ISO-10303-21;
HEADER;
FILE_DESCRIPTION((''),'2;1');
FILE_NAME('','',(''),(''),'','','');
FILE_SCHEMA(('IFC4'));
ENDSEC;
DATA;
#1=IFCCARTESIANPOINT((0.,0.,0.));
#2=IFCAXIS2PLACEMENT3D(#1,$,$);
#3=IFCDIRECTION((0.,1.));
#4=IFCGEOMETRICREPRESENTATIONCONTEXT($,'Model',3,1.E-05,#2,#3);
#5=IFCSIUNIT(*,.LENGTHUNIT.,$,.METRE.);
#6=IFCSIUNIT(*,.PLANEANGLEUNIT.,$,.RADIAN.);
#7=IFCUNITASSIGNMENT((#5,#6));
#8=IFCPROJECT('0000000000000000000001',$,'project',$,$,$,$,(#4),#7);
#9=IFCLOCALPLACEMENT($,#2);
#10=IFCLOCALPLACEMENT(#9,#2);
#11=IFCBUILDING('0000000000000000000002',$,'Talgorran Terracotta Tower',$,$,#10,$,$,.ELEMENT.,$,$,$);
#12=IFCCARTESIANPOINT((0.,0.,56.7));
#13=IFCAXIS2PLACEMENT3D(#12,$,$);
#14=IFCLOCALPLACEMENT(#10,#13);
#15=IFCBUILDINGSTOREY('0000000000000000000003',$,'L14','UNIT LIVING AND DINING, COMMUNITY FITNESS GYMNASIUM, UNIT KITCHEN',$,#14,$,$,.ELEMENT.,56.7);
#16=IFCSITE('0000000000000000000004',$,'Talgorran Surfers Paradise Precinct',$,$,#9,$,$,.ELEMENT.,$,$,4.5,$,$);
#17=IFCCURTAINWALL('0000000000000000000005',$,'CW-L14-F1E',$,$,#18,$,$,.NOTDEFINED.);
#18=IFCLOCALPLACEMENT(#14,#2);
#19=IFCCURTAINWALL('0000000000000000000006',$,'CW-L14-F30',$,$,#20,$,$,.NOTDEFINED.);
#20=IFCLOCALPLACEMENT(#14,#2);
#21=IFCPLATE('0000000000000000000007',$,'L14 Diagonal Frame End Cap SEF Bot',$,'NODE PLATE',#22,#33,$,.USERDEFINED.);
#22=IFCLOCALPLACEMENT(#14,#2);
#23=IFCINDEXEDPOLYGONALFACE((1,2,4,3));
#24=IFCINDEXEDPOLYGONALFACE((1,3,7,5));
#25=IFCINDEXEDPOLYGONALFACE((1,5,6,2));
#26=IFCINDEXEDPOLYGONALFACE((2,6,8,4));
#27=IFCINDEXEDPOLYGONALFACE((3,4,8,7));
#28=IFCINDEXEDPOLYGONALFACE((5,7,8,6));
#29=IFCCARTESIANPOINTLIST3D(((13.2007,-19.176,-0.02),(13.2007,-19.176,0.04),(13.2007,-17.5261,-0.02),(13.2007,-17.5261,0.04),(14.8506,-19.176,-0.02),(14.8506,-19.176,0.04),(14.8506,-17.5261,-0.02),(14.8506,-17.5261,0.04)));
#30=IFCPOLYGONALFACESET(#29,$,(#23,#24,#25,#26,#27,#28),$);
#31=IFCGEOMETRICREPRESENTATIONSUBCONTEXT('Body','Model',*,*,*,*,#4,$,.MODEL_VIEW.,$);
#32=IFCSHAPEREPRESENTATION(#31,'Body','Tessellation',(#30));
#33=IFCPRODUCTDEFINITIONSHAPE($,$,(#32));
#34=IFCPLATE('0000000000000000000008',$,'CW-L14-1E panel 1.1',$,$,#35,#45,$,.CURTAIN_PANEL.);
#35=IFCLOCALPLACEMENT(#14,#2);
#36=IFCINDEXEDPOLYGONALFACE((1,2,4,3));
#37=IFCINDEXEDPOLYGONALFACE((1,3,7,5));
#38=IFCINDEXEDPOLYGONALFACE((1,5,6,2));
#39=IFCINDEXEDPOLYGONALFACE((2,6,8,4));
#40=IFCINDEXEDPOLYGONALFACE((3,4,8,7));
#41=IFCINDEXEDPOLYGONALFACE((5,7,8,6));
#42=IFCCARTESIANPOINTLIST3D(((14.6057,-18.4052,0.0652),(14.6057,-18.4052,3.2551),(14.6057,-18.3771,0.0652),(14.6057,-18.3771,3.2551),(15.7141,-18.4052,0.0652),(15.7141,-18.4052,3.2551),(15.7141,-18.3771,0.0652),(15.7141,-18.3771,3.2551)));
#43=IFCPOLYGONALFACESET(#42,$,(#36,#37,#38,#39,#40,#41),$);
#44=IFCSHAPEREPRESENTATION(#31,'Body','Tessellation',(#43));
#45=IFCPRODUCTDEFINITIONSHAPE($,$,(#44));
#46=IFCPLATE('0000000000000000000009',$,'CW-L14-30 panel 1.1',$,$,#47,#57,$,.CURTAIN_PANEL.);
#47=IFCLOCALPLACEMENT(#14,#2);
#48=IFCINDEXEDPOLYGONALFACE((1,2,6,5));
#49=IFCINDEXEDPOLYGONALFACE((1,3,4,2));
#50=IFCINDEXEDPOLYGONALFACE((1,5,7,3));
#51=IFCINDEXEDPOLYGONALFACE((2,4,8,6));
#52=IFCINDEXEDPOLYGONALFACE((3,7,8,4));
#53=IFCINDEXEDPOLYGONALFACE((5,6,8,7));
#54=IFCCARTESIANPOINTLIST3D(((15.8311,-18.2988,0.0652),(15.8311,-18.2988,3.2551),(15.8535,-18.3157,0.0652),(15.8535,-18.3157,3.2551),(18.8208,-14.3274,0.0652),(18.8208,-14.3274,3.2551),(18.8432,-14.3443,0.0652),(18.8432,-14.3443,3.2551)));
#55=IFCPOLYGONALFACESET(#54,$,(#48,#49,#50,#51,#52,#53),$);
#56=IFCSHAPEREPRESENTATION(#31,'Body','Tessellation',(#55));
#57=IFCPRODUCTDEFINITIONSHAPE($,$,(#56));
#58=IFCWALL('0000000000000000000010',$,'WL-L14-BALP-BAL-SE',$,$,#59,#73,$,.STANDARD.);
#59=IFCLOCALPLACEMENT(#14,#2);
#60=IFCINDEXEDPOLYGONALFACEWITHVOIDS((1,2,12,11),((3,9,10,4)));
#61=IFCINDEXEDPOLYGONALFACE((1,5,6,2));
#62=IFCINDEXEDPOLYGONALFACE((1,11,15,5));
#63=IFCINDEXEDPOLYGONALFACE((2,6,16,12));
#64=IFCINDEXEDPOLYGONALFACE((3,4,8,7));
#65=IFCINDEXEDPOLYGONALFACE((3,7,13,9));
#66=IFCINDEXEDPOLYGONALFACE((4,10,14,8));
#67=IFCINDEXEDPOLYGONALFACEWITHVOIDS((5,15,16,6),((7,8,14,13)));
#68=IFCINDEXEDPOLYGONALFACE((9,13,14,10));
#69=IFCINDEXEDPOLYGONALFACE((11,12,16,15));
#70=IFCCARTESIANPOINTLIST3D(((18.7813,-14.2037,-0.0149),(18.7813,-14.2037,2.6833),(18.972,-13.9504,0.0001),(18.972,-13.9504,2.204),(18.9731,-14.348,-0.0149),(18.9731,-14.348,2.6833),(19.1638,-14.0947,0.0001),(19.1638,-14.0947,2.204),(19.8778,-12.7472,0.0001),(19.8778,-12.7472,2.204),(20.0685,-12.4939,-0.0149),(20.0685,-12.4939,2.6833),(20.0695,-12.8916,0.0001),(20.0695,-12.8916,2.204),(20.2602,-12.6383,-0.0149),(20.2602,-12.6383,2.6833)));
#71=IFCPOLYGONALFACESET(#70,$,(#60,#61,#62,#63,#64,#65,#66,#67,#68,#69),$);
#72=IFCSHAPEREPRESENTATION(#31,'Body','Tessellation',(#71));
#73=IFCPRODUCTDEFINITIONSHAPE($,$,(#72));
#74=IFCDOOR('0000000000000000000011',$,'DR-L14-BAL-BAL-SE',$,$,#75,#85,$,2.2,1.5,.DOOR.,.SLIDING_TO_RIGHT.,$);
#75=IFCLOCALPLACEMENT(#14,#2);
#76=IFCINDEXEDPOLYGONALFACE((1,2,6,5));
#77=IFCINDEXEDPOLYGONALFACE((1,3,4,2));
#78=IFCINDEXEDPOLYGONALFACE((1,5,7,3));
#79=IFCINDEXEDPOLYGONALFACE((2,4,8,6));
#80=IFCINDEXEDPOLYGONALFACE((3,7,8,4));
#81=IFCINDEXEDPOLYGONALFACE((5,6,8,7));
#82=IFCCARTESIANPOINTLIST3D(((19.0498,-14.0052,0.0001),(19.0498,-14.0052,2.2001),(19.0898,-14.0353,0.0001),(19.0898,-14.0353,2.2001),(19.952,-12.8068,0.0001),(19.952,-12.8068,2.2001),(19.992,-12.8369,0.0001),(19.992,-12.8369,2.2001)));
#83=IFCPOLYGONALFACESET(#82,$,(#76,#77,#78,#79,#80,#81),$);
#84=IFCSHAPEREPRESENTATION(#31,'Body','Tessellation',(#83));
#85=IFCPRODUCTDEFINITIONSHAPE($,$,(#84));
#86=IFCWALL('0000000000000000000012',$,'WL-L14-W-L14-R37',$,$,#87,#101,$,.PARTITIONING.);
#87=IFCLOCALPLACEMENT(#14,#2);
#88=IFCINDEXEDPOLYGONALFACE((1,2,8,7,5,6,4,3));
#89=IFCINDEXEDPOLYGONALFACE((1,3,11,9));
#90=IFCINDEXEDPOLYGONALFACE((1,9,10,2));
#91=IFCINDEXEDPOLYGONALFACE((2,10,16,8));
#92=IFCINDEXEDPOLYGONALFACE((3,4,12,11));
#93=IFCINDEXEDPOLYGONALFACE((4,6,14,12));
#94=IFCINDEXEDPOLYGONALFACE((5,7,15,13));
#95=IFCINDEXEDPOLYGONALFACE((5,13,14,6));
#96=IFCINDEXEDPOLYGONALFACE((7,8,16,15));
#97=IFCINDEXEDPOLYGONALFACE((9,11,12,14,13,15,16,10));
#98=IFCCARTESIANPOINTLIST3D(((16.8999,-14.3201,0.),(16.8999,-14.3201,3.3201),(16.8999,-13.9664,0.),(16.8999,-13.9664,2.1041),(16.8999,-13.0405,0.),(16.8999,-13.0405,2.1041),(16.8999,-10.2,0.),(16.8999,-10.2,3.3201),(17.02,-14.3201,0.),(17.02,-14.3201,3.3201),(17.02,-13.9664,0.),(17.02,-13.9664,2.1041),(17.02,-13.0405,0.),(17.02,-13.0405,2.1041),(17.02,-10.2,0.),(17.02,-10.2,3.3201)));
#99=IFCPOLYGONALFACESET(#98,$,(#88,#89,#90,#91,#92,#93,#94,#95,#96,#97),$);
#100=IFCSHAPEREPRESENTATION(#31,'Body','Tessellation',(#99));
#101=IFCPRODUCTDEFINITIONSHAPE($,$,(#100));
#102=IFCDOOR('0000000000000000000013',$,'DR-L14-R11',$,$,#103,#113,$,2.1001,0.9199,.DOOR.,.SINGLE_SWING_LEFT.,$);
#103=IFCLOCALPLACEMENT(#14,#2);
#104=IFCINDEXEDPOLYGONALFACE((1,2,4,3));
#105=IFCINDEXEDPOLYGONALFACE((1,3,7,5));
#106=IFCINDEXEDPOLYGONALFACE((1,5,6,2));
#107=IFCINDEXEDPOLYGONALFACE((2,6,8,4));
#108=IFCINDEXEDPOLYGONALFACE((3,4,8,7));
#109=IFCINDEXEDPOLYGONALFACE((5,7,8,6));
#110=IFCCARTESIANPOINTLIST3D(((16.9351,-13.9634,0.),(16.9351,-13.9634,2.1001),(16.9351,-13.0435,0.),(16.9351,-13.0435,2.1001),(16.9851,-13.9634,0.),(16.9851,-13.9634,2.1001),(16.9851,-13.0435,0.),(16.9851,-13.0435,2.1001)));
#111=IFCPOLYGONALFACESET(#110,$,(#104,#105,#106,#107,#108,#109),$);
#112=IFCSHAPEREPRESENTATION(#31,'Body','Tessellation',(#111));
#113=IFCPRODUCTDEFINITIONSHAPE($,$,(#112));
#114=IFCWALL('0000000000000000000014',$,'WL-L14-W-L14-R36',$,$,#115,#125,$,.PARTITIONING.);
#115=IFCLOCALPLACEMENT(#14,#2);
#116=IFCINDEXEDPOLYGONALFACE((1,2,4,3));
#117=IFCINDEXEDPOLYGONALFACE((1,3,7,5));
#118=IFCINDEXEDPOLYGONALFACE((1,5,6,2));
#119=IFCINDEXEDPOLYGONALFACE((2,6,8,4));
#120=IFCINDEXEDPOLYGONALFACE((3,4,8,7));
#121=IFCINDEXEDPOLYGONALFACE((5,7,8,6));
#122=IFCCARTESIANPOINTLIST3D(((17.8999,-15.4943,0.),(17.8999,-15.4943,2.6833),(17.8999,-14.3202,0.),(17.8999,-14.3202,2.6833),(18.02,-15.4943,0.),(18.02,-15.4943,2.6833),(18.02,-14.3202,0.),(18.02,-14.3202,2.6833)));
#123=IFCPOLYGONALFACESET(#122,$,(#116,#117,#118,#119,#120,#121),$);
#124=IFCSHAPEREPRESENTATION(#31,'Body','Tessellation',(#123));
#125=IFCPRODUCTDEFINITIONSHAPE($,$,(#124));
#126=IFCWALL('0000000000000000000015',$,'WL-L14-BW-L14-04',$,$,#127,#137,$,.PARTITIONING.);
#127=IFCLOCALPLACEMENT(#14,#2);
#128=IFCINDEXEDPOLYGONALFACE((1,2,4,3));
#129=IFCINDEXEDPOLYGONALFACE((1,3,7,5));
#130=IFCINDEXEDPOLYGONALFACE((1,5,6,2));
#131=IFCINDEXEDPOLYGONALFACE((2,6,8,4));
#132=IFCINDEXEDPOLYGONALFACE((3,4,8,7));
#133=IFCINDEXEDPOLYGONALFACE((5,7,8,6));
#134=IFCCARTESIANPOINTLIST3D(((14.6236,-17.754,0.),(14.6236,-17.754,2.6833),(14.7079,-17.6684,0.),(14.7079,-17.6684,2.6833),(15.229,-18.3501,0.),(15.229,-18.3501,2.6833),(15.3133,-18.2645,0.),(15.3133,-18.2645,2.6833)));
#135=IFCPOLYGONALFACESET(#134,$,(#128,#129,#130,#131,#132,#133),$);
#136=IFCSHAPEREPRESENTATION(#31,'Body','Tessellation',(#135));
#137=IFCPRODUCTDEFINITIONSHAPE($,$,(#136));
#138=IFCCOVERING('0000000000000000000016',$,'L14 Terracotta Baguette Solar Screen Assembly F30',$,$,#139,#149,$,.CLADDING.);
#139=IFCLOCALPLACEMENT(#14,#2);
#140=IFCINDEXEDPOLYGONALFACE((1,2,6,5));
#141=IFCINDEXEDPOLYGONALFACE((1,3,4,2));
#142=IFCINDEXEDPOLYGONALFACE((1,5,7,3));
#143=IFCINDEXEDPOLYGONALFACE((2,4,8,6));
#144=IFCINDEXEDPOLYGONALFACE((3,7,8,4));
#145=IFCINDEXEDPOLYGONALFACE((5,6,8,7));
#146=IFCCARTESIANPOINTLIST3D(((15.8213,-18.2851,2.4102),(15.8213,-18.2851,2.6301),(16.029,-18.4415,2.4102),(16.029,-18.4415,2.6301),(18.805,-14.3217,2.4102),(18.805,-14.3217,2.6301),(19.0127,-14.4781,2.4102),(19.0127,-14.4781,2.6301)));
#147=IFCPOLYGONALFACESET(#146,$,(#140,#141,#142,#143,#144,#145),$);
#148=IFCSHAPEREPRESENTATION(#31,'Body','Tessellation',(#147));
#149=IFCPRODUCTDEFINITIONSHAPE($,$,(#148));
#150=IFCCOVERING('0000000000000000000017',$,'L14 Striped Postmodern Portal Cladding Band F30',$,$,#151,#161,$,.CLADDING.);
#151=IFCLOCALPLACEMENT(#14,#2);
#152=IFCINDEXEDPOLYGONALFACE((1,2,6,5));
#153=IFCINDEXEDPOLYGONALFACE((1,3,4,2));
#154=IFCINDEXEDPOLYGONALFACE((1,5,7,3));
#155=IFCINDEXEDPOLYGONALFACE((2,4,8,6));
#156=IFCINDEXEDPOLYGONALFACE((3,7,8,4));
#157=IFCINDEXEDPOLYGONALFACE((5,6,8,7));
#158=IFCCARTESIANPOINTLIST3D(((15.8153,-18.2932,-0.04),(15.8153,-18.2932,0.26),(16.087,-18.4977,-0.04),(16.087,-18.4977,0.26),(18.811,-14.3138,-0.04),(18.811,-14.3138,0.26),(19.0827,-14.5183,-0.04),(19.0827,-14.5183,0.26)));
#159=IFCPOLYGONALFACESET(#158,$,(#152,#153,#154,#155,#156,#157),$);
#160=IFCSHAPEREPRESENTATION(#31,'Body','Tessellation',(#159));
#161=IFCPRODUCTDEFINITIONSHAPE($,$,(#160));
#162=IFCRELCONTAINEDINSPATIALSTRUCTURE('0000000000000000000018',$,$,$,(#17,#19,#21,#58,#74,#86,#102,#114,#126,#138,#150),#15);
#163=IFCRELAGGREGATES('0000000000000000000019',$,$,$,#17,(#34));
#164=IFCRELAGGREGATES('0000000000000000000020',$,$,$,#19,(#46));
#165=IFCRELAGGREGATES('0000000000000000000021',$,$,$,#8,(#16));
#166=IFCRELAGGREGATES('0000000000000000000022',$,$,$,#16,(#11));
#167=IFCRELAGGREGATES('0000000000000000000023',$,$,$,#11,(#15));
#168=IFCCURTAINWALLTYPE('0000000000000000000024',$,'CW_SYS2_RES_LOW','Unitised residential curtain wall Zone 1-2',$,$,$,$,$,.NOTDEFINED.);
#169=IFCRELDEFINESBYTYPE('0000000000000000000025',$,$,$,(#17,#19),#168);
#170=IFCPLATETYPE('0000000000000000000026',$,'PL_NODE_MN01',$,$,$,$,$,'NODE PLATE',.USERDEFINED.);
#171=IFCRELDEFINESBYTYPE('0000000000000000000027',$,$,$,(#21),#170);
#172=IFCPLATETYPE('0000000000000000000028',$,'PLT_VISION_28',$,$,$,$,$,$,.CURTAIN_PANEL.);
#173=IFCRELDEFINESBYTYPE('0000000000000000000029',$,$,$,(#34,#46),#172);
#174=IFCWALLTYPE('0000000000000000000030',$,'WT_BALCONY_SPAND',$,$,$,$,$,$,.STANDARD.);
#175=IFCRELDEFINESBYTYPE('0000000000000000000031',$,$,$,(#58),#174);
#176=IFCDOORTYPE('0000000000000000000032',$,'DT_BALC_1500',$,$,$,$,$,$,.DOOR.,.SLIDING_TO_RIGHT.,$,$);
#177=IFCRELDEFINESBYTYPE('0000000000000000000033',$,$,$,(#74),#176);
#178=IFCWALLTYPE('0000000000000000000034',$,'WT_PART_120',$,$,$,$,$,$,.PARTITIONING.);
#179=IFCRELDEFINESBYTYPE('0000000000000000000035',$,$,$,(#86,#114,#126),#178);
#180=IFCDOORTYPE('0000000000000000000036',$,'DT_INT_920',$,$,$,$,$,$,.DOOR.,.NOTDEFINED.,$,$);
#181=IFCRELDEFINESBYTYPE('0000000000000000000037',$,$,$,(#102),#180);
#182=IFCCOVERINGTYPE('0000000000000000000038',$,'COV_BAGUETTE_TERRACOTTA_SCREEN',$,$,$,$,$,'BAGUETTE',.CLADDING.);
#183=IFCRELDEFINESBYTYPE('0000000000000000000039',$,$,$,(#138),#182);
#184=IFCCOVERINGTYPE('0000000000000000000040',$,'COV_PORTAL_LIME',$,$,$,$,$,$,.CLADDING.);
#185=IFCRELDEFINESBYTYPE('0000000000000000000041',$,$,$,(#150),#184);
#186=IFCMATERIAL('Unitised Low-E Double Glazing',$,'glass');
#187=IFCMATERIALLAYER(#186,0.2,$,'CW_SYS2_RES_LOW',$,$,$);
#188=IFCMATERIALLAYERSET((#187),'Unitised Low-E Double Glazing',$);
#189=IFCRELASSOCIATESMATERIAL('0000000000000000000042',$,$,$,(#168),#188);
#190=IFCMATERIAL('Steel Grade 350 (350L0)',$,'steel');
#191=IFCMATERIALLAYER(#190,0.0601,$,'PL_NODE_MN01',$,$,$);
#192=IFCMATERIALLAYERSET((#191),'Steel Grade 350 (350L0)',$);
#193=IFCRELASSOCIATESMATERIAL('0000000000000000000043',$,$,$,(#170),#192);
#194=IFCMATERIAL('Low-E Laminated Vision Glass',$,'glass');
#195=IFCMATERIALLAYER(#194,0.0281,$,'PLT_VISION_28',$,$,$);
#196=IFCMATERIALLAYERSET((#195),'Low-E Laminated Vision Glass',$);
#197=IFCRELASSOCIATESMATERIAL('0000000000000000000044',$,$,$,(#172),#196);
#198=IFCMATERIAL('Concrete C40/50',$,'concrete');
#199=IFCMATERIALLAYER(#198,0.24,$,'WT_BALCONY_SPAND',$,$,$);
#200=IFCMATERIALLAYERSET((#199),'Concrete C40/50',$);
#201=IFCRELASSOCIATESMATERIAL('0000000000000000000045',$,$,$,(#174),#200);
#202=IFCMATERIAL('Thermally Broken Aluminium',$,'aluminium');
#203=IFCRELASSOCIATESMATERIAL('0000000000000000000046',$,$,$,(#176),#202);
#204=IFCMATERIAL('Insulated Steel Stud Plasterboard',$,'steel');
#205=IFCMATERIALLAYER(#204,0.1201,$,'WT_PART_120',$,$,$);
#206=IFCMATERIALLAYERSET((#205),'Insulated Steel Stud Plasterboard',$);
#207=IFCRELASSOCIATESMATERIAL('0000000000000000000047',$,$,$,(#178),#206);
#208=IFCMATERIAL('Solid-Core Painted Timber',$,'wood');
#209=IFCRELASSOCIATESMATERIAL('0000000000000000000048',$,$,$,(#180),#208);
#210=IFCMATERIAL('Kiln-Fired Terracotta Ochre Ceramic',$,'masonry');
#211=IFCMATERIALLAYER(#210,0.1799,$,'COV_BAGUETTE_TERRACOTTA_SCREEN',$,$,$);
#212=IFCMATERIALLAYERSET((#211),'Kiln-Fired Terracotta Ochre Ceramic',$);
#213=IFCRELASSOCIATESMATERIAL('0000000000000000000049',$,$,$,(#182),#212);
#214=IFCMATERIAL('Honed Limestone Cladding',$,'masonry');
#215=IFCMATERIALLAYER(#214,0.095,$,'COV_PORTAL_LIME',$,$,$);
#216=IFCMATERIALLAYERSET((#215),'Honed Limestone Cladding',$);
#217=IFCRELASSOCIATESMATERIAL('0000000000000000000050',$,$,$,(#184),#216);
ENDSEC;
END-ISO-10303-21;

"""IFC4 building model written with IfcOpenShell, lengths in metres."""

from ifc_helpers import new_model, si_unit, direction, frame, frame_2d, origin, origin_2d, place, context, subcontext, project, spatial, rectangle, extrude, source, transform, mapped, material, layer, layer_set, type_object, type_shapes, element, fill, aggregate, save


model = new_model("IFC4")

# Units and contexts
model_context = context("Model", 3, precision=1e-05, world=origin(), true_north=direction((0.0, 1.0)))
body_context = subcontext(model_context, "Body", "Model", "MODEL_VIEW")
ifc_project = project(units=[si_unit("LENGTHUNIT", "METRE"), si_unit("PLANEANGLEUNIT", "RADIAN")], contexts=[model_context])

# Site, building, storey
site_placement = place(None, origin())
site = spatial("IfcSite", under=ifc_project, at=site_placement, Name="Talgorran Surfers Paradise Precinct", CompositionType="ELEMENT", RefElevation=4.5)
building_placement = place(site_placement, origin())
building = spatial("IfcBuilding", under=site, at=building_placement, Name="Talgorran Terracotta Tower", CompositionType="ELEMENT")
storey_placement = place(building_placement, frame((0.0, 0.0, 56.7)))
storey = spatial("IfcBuildingStorey", under=building, at=storey_placement, Name="L14", Description="UNIT LIVING AND DINING, COMMUNITY FITNESS GYMNASIUM, UNIT KITCHEN", CompositionType="ELEMENT", Elevation=56.7)

# Shared definitions
ifc_material_1 = material(Name="Steel Grade 350 (350L0)", Category="steel")

# Shared definitions
ifc_material_2 = material(Name="Unitised Low-E Double Glazing", Category="glass")
ifc_layer_1 = layer(ifc_material_2, 0.2, Name="CW_SYS2_RES_LOW")
ifc_layer_set_1 = layer_set([ifc_layer_1], Name="Unitised Low-E Double Glazing")
curtain_wall_type = type_object("IfcCurtainWallType", Name="CW_SYS2_RES_LOW", Description="Unitised residential curtain wall Zone 1-2", PredefinedType="NOTDEFINED", material=ifc_layer_set_1)

# Curtain walls
curtain_wall_1_placement = place(storey_placement, origin())
curtain_wall_1 = element("IfcCurtainWall", 1, at=curtain_wall_1_placement, inside=storey, type_object=curtain_wall_type, Name="CW-L14-F1E", PredefinedType="NOTDEFINED")
curtain_wall_2_placement = place(storey_placement, origin())
curtain_wall_2 = element("IfcCurtainWall", 2, at=curtain_wall_2_placement, inside=storey, type_object=curtain_wall_type, Name="CW-L14-F30", PredefinedType="NOTDEFINED")

# Plates
ifc_layer_2 = layer(ifc_material_1, 0.0601, Name="PL_NODE_MN01")
ifc_layer_set_2 = layer_set([ifc_layer_2], Name="Steel Grade 350 (350L0)")
plate_type_1 = type_object("IfcPlateType", Name="PL_NODE_MN01", ElementType="NODE PLATE", PredefinedType="USERDEFINED", material=ifc_layer_set_2)
plate_1_placement = place(storey_placement, frame((14.0256, -18.3511, -0.02), z_axis=(0.0, 0.0, 1.0), x_axis=(-1.0, 0.0, 0.0)))
element("IfcPlate", 3, at=plate_1_placement, inside=storey, type_object=plate_type_1, Name="L14 Diagonal Frame End Cap SEF Bot", ObjectType="NODE PLATE", PredefinedType="USERDEFINED", context=body_context, shape_type="SweptSolid", body=[
    extrude(rectangle(XDim=1.6499, YDim=1.6499, at=origin_2d()), origin(), (0.0, 0.0, 1.0), 0.0601),
])
ifc_material_3 = material(Name="Low-E Laminated Vision Glass", Category="glass")
ifc_layer_3 = layer(ifc_material_3, 0.0281, Name="PLT_VISION_28")
ifc_layer_set_3 = layer_set([ifc_layer_3], Name="Low-E Laminated Vision Glass")
plate_type_2 = type_object("IfcPlateType", Name="PLT_VISION_28", PredefinedType="CURTAIN_PANEL", material=ifc_layer_set_3)
shared_shape_1 = source(origin(), body_context, "Body", "SweptSolid", [
    extrude(rectangle(XDim=1.1084, YDim=0.0281, at=origin_2d()), origin(), (0.0, 0.0, 1.0), 3.1899),
])
plate_2_placement = place(storey_placement, frame((15.1599, -18.3911, 0.0652), z_axis=(0.0, 0.0, 1.0), x_axis=(1.0, 0.0, 0.0)))
plate_2 = element("IfcPlate", 4, at=plate_2_placement, type_object=plate_type_2, Name="CW-L14-1E panel 1.1", PredefinedType="CURTAIN_PANEL", context=body_context, shape_type="MappedRepresentation", body=[
    mapped(shared_shape_1, transform((0.0, 0.0, 0.0), scale=1.0)),
])
aggregate(curtain_wall_1, [plate_2])
shared_shape_2 = source(origin(), body_context, "Body", "SweptSolid", [
    extrude(rectangle(XDim=4.9709, YDim=0.0281, at=origin_2d()), origin(), (0.0, 0.0, 1.0), 3.1899),
])
type_shapes(plate_type_2, [shared_shape_1, shared_shape_2])
plate_3_placement = place(storey_placement, frame((17.3372, -16.3215, 0.0652), z_axis=(0.0, 0.0, 1.0), x_axis=(0.601442, 0.798917, 0.0)))
plate_3 = element("IfcPlate", 5, at=plate_3_placement, type_object=plate_type_2, Name="CW-L14-30 panel 1.1", PredefinedType="CURTAIN_PANEL", context=body_context, shape_type="MappedRepresentation", body=[
    mapped(shared_shape_2, transform((0.0, 0.0, 0.0), scale=1.0)),
])
aggregate(curtain_wall_2, [plate_3])

# Walls, openings, doors
ifc_material_4 = material(Name="Concrete C40/50", Category="concrete")
ifc_layer_4 = layer(ifc_material_4, 0.24, Name="WT_BALCONY_SPAND")
ifc_layer_set_4 = layer_set([ifc_layer_4], Name="Concrete C40/50")
wall_type_1 = type_object("IfcWallType", Name="WT_BALCONY_SPAND", PredefinedType="STANDARD", material=ifc_layer_set_4)
wall_1_placement = place(storey_placement, frame((18.8772, -14.2759, -0.0149), z_axis=(0.0, 0.0, 1.0), x_axis=(0.601441, 0.798917, 0.0)))
wall_1 = element("IfcWall", 6, at=wall_1_placement, inside=storey, type_object=wall_type_1, Name="WL-L14-BALP-BAL-SE", PredefinedType="STANDARD", context=body_context, shape_type="SweptSolid", body=[
    extrude(rectangle(XDim=2.1401, YDim=0.24, at=frame_2d((1.0701, 0.0))), origin(), (0.0, 0.0, 1.0), 2.6982),
])
opening_1_placement = place(wall_1_placement, frame((0.3201, 0.0, 0.0149)))
opening_1 = element("IfcOpeningElement", 7, at=opening_1_placement, cuts=wall_1, PredefinedType="OPENING", context=body_context, shape_type="SweptSolid", body=[
    extrude(rectangle(XDim=1.506, YDim=2.204, at=frame_2d((0.75, 1.1021))), frame((0.0, 0.1299, 0.0), z_axis=(0.0, -1.0, 0.0), x_axis=(1.0, 0.0, 0.0)), (0.0, 0.0, 1.0), 0.26),
])
ifc_material_5 = material(Name="Thermally Broken Aluminium", Category="aluminium")
door_type_1 = type_object("IfcDoorType", Name="DT_BALC_1500", OperationType="SLIDING_TO_RIGHT", PredefinedType="DOOR", material=ifc_material_5)
door_1_placement = place(opening_1_placement, origin())
door_1 = element("IfcDoor", 8, at=door_1_placement, inside=storey, type_object=door_type_1, Name="DR-L14-BAL-BAL-SE", OperationType="SLIDING_TO_RIGHT", OverallHeight=2.2, OverallWidth=1.5, PredefinedType="DOOR", context=body_context, shape_type="SweptSolid", body=[
    extrude(rectangle(XDim=1.5, YDim=2.2, at=frame_2d((0.75, 1.1001))), frame((0.0, 0.0249, 0.0), z_axis=(0.0, -1.0, 0.0), x_axis=(1.0, 0.0, 0.0)), (0.0, 0.0, 1.0), 0.05),
])
fill(opening_1, door_1)
ifc_material_6 = material(Name="Insulated Steel Stud Plasterboard", Category="steel")
ifc_layer_5 = layer(ifc_material_6, 0.1201, Name="WT_PART_120")
ifc_layer_set_5 = layer_set([ifc_layer_5], Name="Insulated Steel Stud Plasterboard")
wall_type_2 = type_object("IfcWallType", Name="WT_PART_120", PredefinedType="PARTITIONING", material=ifc_layer_set_5)
wall_2_placement = place(storey_placement, frame((16.96, -14.3201, 0.0), z_axis=(0.0, 0.0, 1.0), x_axis=(0.0, 1.0, 0.0)))
wall_2 = element("IfcWall", 9, at=wall_2_placement, inside=storey, type_object=wall_type_2, Name="WL-L14-W-L14-R37", PredefinedType="PARTITIONING", context=body_context, shape_type="SweptSolid", body=[
    extrude(rectangle(XDim=4.1201, YDim=0.1201, at=frame_2d((2.0601, 0.0))), origin(), (0.0, 0.0, 1.0), 3.3201),
])
opening_2_placement = place(wall_2_placement, frame((0.3567, 0.0, 0.0)))
opening_2 = element("IfcOpeningElement", 10, at=opening_2_placement, cuts=wall_2, PredefinedType="OPENING", context=body_context, shape_type="SweptSolid", body=[
    extrude(rectangle(XDim=0.9259, YDim=2.1041, at=frame_2d((0.46, 1.052))), frame((0.0, 0.0701, 0.0), z_axis=(0.0, -1.0, 0.0), x_axis=(1.0, 0.0, 0.0)), (0.0, 0.0, 1.0), 0.1401),
])
ifc_material_7 = material(Name="Solid-Core Painted Timber", Category="wood")
door_type_2 = type_object("IfcDoorType", Name="DT_INT_920", OperationType="NOTDEFINED", PredefinedType="DOOR", material=ifc_material_7)
door_2_placement = place(opening_2_placement, origin())
door_2 = element("IfcDoor", 11, at=door_2_placement, inside=storey, type_object=door_type_2, Name="DR-L14-R11", OperationType="SINGLE_SWING_LEFT", OverallHeight=2.1001, OverallWidth=0.9199, PredefinedType="DOOR", context=body_context, shape_type="SweptSolid", body=[
    extrude(rectangle(XDim=0.9199, YDim=2.1001, at=frame_2d((0.46, 1.05))), frame((0.0, 0.0249, 0.0), z_axis=(0.0, -1.0, 0.0), x_axis=(1.0, 0.0, 0.0)), (0.0, 0.0, 1.0), 0.05),
])
fill(opening_2, door_2)

# Walls
wall_3_placement = place(storey_placement, frame((17.96, -15.4941, 0.0), z_axis=(0.0, 0.0, 1.0), x_axis=(0.0, 1.0, 0.0)))
element("IfcWall", 12, at=wall_3_placement, inside=storey, type_object=wall_type_2, Name="WL-L14-W-L14-R36", PredefinedType="PARTITIONING", context=body_context, shape_type="SweptSolid", body=[
    extrude(rectangle(XDim=1.1741, YDim=0.1201, at=frame_2d((0.5869, 0.0))), origin(), (0.0, 0.0, 1.0), 2.6833),
])
wall_4_placement = place(storey_placement, frame((14.6658, -17.7112, 0.0), z_axis=(0.0, 0.0, 1.0), x_axis=(0.712545, -0.701627, 0.0)))
element("IfcWall", 13, at=wall_4_placement, inside=storey, type_object=wall_type_2, Name="WL-L14-BW-L14-04", PredefinedType="PARTITIONING", context=body_context, shape_type="SweptSolid", body=[
    extrude(rectangle(XDim=0.8496, YDim=0.1201, at=frame_2d((0.4248, 0.0))), origin(), (0.0, 0.0, 1.0), 2.6833),
])

# Coverings
ifc_material_8 = material(Name="Kiln-Fired Terracotta Ochre Ceramic", Category="masonry")
ifc_layer_6 = layer(ifc_material_8, 0.1799, Name="COV_BAGUETTE_TERRACOTTA_SCREEN")
ifc_layer_set_6 = layer_set([ifc_layer_6], Name="Kiln-Fired Terracotta Ochre Ceramic")
covering_type_1 = type_object("IfcCoveringType", Name="COV_BAGUETTE_TERRACOTTA_SCREEN", ElementType="BAGUETTE", PredefinedType="CLADDING", material=ifc_layer_set_6)
covering_1_placement = place(storey_placement, frame((17.417, -16.3816, 2.4102), z_axis=(0.0, 0.0, 1.0), x_axis=(0.601439, 0.798919, 0.0)))
element("IfcCovering", 14, at=covering_1_placement, inside=storey, type_object=covering_type_1, Name="L14 Terracotta Baguette Solar Screen Assembly F30", PredefinedType="CLADDING", context=body_context, shape_type="SweptSolid", body=[
    extrude(rectangle(XDim=4.9609, YDim=0.26, at=origin_2d()), origin(), (0.0, 0.0, 1.0), 0.22),
])
ifc_material_9 = material(Name="Honed Limestone Cladding", Category="masonry")
ifc_layer_7 = layer(ifc_material_9, 0.095, Name="COV_PORTAL_LIME")
ifc_layer_set_7 = layer_set([ifc_layer_7], Name="Honed Limestone Cladding")
covering_type_2 = type_object("IfcCoveringType", Name="COV_PORTAL_LIME", PredefinedType="CLADDING", material=ifc_layer_set_7)
covering_2_placement = place(storey_placement, frame((17.449, -16.4058, -0.04), z_axis=(0.0, 0.0, 1.0), x_axis=(0.601439, 0.798919, 0.0)))
element("IfcCovering", 15, at=covering_2_placement, inside=storey, type_object=covering_type_2, Name="L14 Striped Postmodern Portal Cladding Band F30", PredefinedType="CLADDING", context=body_context, shape_type="SweptSolid", body=[
    extrude(rectangle(XDim=4.981, YDim=0.3401, at=origin_2d()), origin(), (0.0, 0.0, 1.0), 0.3),
])

save(model, "model.ifc")
